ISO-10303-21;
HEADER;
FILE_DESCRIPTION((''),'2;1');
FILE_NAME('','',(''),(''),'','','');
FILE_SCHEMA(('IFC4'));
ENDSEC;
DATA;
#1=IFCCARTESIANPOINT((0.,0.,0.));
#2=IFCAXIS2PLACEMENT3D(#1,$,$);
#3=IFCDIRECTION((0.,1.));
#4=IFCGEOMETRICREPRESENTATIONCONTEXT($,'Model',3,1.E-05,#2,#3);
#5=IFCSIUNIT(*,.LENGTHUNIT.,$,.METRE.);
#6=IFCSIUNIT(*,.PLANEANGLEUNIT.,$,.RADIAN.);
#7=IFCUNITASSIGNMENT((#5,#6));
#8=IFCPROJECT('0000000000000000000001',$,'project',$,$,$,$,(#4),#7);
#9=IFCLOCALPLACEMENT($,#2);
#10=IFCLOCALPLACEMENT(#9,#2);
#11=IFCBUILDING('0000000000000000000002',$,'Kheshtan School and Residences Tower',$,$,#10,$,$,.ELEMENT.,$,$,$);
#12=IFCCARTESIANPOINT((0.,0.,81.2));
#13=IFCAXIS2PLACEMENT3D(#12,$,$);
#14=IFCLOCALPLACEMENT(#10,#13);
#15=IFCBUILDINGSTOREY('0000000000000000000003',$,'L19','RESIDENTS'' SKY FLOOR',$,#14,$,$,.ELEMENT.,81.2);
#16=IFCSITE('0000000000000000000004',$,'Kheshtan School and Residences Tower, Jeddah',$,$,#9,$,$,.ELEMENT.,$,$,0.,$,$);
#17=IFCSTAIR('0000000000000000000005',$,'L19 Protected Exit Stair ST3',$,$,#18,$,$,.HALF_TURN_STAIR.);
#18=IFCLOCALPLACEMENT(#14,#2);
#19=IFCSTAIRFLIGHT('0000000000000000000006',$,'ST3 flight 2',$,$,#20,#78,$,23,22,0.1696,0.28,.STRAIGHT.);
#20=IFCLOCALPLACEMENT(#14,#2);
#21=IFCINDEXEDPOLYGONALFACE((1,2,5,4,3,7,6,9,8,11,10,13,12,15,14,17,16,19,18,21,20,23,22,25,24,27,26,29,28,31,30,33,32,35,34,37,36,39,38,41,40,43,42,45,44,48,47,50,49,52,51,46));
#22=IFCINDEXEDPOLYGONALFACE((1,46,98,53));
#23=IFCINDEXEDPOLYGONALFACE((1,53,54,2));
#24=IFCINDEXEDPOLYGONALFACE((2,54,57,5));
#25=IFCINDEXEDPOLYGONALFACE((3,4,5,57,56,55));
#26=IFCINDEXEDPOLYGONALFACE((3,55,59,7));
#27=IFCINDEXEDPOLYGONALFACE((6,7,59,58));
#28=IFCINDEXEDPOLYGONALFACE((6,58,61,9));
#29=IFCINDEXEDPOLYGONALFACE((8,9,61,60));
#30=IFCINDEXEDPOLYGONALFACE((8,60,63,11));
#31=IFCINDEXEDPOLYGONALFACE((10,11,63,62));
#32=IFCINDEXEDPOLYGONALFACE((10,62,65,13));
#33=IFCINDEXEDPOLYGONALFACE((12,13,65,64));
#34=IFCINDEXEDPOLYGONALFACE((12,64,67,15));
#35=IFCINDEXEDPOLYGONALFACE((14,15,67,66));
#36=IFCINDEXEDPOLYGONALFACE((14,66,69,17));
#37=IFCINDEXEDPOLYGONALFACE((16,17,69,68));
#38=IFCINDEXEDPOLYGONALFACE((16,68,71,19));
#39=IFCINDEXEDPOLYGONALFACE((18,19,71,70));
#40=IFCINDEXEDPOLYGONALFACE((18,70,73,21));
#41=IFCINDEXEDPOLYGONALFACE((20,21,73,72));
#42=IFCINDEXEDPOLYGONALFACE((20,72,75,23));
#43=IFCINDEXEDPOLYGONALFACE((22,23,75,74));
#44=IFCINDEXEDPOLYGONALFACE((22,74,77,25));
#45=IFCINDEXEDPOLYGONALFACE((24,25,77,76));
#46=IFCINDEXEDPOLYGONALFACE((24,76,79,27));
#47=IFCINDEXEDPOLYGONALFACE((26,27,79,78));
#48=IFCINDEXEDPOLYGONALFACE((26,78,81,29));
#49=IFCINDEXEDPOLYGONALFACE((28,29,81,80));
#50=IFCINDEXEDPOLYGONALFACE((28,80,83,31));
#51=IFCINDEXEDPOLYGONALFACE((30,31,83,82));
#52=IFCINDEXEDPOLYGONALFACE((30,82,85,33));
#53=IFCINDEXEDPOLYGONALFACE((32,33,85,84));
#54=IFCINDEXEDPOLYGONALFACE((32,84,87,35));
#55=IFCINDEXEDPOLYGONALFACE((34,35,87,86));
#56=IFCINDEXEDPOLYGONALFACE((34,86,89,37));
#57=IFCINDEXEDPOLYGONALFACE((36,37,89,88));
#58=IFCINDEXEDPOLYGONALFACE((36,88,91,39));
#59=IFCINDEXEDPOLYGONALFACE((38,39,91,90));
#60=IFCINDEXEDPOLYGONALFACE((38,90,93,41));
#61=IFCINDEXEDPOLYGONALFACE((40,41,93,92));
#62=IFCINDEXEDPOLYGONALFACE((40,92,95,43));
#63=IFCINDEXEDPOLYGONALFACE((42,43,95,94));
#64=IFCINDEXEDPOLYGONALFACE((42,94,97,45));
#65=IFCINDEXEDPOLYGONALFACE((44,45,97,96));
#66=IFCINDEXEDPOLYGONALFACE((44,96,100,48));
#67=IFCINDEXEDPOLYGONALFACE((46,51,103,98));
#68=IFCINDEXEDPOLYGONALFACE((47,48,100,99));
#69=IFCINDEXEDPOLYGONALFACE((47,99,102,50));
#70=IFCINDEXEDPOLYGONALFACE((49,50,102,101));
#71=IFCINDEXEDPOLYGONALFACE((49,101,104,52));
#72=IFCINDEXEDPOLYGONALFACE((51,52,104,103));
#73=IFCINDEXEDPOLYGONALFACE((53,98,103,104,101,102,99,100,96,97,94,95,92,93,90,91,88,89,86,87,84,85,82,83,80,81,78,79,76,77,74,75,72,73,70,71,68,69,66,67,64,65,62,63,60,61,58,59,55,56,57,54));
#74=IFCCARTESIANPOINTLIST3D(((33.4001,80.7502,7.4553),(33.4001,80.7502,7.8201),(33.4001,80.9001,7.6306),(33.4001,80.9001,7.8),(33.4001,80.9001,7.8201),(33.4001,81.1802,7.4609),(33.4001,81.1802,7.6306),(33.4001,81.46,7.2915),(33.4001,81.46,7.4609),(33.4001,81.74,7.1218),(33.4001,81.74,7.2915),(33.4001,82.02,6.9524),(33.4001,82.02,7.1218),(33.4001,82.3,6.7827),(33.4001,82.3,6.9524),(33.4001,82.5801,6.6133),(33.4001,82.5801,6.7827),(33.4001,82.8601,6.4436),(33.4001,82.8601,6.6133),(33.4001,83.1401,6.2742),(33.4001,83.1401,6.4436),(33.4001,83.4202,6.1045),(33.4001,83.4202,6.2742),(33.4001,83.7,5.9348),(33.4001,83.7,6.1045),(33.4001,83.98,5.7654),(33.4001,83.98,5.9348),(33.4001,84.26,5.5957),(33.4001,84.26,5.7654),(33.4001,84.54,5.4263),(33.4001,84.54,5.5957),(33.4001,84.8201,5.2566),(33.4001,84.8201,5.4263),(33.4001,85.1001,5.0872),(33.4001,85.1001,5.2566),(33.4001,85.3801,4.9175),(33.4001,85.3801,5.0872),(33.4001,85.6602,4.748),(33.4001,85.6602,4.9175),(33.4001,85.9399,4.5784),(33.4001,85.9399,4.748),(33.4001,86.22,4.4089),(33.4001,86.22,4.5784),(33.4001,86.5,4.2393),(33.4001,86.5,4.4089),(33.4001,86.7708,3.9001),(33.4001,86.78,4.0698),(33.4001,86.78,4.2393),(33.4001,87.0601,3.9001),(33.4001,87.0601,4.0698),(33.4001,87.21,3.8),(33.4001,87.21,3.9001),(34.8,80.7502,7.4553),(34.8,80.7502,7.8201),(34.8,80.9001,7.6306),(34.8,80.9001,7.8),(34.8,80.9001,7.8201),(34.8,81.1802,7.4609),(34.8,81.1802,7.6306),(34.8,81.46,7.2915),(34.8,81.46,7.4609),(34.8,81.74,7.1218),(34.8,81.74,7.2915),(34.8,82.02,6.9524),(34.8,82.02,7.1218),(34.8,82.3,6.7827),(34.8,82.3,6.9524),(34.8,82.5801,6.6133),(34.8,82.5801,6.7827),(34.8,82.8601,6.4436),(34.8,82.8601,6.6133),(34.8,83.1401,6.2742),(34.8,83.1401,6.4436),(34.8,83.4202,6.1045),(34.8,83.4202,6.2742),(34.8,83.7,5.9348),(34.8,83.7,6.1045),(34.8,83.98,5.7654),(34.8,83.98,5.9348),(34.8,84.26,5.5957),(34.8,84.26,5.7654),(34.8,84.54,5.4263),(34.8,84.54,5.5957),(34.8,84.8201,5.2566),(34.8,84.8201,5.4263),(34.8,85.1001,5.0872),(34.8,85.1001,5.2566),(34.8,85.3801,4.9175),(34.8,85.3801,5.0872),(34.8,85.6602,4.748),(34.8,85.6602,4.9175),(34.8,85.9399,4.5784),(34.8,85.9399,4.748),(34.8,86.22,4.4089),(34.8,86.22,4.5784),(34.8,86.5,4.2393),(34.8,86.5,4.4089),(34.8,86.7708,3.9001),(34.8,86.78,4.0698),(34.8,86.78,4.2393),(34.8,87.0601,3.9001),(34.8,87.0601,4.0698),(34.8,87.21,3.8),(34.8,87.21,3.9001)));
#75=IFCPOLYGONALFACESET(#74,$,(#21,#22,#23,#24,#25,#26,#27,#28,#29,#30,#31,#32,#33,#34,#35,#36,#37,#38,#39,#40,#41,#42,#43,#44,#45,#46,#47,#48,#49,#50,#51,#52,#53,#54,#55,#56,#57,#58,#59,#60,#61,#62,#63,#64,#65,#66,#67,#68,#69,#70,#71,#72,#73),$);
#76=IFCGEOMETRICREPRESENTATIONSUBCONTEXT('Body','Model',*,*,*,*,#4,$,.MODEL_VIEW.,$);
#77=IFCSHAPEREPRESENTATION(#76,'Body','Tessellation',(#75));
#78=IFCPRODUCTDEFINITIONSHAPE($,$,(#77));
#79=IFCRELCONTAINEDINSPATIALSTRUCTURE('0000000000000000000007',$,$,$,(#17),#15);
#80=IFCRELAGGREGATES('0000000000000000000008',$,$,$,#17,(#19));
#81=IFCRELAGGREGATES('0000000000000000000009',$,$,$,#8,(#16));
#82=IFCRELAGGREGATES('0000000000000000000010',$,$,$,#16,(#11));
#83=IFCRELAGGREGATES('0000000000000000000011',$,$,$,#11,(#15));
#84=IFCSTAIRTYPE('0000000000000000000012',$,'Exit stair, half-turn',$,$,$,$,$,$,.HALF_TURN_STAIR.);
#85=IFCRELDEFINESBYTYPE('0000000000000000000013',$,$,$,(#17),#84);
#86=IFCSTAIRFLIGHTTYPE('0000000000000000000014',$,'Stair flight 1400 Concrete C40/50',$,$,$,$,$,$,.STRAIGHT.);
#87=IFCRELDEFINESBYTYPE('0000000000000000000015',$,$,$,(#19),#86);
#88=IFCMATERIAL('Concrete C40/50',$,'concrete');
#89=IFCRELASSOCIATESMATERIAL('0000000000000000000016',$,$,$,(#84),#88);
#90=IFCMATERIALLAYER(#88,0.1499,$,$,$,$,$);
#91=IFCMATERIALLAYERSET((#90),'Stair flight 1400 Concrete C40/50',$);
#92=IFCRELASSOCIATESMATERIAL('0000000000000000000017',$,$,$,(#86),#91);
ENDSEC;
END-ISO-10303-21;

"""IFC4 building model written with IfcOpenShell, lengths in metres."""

from ifc_helpers import new_model, si_unit, direction, frame, origin, place, context, subcontext, project, spatial, polyline, outline, extrude, material, layer, layer_set, type_object, element, aggregate, save


model = new_model("IFC4")

# Units and contexts
model_context = context("Model", 3, precision=1e-05, world=origin(), true_north=direction((0.0, 1.0)))
body_context = subcontext(model_context, "Body", "Model", "MODEL_VIEW")
ifc_project = project(units=[si_unit("LENGTHUNIT", "METRE"), si_unit("PLANEANGLEUNIT", "RADIAN")], contexts=[model_context])

# Site, building, storey
site_placement = place(None, origin())
site = spatial("IfcSite", under=ifc_project, at=site_placement, Name="Kheshtan School and Residences Tower, Jeddah", CompositionType="ELEMENT", RefElevation=0.0)
building_placement = place(site_placement, origin())
building = spatial("IfcBuilding", under=site, at=building_placement, Name="Kheshtan School and Residences Tower", CompositionType="ELEMENT")
storey_placement = place(building_placement, frame((0.0, 0.0, 81.2)))
storey = spatial("IfcBuildingStorey", under=building, at=storey_placement, Name="L19", Description="RESIDENTS' SKY FLOOR", CompositionType="ELEMENT", Elevation=81.2)

# Shared definitions
ifc_material_1 = material(Name="Concrete C40/50", Category="concrete")

# Stair, stair flight
stair_type = type_object("IfcStairType", Name="Exit stair, half-turn", PredefinedType="HALF_TURN_STAIR", material=ifc_material_1)
stair_placement = place(storey_placement, origin())
stair = element("IfcStair", 1, at=stair_placement, inside=storey, type_object=stair_type, Name="L19 Protected Exit Stair ST3", PredefinedType="HALF_TURN_STAIR")
ifc_layer_1 = layer(ifc_material_1, 0.1499)
ifc_layer_set_1 = layer_set([ifc_layer_1], Name="Stair flight 1400 Concrete C40/50")
stair_flight_type = type_object("IfcStairFlightType", Name="Stair flight 1400 Concrete C40/50", PredefinedType="STRAIGHT", material=ifc_layer_set_1)
stair_flight_placement = place(storey_placement, frame((34.1001, 87.0601, 3.9001), z_axis=(0.0, 0.0, 1.0), x_axis=(0.0, -1.0, 0.0)))
stair_flight = element("IfcStairFlight", 2, at=stair_flight_placement, type_object=stair_flight_type, Name="ST3 flight 2", NumberOfRisers=23, NumberOfTreads=22, PredefinedType="STRAIGHT", RiserHeight=0.1696, TreadLength=0.28, context=body_context, shape_type="SweptSolid", body=[
    extrude(outline(polyline([(-0.1499, -0.1001), (-0.1499, 0.0), (0.0, 0.0), (0.0, 0.1697), (0.28, 0.1697), (0.28, 0.3391), (0.5601, 0.3391), (0.5601, 0.5088), (0.8401, 0.5088), (0.8401, 0.6782), (1.1201, 0.6782), (1.1201, 0.8479), (1.3999, 0.8479), (1.3999, 1.0173), (1.6799, 1.0173), (1.6799, 1.187), (1.96, 1.187), (1.96, 1.3564), (2.24, 1.3564), (2.24, 1.5261), (2.52, 1.5261), (2.52, 1.6956), (2.8, 1.6956), (2.8, 1.8652), (3.0801, 1.8652), (3.0801, 2.0347), (3.3601, 2.0347), (3.3601, 2.2043), (3.6399, 2.2043), (3.6399, 2.374), (3.9199, 2.374), (3.9199, 2.5435), (4.2, 2.5435), (4.2, 2.7131), (4.48, 2.7131), (4.48, 2.8826), (4.76, 2.8826), (4.76, 3.0522), (5.04, 3.0522), (5.04, 3.2217), (5.3201, 3.2217), (5.3201, 3.3914), (5.6001, 3.3914), (5.6001, 3.5608), (5.8799, 3.5608), (5.8799, 3.7305), (6.1599, 3.7305), (6.1599, 3.8999), (6.1599, 3.9199), (6.3098, 3.9199), (6.3098, 3.5552), (0.2893, 0.0), (-0.1499, -0.1001)])), frame((0.0, 0.7, 0.0), z_axis=(0.0, -1.0, 0.0), x_axis=(1.0, 0.0, 0.0)), (0.0, 0.0, 1.0), 1.3999),
])
aggregate(stair, [stair_flight])

save(model, "model.ifc")
